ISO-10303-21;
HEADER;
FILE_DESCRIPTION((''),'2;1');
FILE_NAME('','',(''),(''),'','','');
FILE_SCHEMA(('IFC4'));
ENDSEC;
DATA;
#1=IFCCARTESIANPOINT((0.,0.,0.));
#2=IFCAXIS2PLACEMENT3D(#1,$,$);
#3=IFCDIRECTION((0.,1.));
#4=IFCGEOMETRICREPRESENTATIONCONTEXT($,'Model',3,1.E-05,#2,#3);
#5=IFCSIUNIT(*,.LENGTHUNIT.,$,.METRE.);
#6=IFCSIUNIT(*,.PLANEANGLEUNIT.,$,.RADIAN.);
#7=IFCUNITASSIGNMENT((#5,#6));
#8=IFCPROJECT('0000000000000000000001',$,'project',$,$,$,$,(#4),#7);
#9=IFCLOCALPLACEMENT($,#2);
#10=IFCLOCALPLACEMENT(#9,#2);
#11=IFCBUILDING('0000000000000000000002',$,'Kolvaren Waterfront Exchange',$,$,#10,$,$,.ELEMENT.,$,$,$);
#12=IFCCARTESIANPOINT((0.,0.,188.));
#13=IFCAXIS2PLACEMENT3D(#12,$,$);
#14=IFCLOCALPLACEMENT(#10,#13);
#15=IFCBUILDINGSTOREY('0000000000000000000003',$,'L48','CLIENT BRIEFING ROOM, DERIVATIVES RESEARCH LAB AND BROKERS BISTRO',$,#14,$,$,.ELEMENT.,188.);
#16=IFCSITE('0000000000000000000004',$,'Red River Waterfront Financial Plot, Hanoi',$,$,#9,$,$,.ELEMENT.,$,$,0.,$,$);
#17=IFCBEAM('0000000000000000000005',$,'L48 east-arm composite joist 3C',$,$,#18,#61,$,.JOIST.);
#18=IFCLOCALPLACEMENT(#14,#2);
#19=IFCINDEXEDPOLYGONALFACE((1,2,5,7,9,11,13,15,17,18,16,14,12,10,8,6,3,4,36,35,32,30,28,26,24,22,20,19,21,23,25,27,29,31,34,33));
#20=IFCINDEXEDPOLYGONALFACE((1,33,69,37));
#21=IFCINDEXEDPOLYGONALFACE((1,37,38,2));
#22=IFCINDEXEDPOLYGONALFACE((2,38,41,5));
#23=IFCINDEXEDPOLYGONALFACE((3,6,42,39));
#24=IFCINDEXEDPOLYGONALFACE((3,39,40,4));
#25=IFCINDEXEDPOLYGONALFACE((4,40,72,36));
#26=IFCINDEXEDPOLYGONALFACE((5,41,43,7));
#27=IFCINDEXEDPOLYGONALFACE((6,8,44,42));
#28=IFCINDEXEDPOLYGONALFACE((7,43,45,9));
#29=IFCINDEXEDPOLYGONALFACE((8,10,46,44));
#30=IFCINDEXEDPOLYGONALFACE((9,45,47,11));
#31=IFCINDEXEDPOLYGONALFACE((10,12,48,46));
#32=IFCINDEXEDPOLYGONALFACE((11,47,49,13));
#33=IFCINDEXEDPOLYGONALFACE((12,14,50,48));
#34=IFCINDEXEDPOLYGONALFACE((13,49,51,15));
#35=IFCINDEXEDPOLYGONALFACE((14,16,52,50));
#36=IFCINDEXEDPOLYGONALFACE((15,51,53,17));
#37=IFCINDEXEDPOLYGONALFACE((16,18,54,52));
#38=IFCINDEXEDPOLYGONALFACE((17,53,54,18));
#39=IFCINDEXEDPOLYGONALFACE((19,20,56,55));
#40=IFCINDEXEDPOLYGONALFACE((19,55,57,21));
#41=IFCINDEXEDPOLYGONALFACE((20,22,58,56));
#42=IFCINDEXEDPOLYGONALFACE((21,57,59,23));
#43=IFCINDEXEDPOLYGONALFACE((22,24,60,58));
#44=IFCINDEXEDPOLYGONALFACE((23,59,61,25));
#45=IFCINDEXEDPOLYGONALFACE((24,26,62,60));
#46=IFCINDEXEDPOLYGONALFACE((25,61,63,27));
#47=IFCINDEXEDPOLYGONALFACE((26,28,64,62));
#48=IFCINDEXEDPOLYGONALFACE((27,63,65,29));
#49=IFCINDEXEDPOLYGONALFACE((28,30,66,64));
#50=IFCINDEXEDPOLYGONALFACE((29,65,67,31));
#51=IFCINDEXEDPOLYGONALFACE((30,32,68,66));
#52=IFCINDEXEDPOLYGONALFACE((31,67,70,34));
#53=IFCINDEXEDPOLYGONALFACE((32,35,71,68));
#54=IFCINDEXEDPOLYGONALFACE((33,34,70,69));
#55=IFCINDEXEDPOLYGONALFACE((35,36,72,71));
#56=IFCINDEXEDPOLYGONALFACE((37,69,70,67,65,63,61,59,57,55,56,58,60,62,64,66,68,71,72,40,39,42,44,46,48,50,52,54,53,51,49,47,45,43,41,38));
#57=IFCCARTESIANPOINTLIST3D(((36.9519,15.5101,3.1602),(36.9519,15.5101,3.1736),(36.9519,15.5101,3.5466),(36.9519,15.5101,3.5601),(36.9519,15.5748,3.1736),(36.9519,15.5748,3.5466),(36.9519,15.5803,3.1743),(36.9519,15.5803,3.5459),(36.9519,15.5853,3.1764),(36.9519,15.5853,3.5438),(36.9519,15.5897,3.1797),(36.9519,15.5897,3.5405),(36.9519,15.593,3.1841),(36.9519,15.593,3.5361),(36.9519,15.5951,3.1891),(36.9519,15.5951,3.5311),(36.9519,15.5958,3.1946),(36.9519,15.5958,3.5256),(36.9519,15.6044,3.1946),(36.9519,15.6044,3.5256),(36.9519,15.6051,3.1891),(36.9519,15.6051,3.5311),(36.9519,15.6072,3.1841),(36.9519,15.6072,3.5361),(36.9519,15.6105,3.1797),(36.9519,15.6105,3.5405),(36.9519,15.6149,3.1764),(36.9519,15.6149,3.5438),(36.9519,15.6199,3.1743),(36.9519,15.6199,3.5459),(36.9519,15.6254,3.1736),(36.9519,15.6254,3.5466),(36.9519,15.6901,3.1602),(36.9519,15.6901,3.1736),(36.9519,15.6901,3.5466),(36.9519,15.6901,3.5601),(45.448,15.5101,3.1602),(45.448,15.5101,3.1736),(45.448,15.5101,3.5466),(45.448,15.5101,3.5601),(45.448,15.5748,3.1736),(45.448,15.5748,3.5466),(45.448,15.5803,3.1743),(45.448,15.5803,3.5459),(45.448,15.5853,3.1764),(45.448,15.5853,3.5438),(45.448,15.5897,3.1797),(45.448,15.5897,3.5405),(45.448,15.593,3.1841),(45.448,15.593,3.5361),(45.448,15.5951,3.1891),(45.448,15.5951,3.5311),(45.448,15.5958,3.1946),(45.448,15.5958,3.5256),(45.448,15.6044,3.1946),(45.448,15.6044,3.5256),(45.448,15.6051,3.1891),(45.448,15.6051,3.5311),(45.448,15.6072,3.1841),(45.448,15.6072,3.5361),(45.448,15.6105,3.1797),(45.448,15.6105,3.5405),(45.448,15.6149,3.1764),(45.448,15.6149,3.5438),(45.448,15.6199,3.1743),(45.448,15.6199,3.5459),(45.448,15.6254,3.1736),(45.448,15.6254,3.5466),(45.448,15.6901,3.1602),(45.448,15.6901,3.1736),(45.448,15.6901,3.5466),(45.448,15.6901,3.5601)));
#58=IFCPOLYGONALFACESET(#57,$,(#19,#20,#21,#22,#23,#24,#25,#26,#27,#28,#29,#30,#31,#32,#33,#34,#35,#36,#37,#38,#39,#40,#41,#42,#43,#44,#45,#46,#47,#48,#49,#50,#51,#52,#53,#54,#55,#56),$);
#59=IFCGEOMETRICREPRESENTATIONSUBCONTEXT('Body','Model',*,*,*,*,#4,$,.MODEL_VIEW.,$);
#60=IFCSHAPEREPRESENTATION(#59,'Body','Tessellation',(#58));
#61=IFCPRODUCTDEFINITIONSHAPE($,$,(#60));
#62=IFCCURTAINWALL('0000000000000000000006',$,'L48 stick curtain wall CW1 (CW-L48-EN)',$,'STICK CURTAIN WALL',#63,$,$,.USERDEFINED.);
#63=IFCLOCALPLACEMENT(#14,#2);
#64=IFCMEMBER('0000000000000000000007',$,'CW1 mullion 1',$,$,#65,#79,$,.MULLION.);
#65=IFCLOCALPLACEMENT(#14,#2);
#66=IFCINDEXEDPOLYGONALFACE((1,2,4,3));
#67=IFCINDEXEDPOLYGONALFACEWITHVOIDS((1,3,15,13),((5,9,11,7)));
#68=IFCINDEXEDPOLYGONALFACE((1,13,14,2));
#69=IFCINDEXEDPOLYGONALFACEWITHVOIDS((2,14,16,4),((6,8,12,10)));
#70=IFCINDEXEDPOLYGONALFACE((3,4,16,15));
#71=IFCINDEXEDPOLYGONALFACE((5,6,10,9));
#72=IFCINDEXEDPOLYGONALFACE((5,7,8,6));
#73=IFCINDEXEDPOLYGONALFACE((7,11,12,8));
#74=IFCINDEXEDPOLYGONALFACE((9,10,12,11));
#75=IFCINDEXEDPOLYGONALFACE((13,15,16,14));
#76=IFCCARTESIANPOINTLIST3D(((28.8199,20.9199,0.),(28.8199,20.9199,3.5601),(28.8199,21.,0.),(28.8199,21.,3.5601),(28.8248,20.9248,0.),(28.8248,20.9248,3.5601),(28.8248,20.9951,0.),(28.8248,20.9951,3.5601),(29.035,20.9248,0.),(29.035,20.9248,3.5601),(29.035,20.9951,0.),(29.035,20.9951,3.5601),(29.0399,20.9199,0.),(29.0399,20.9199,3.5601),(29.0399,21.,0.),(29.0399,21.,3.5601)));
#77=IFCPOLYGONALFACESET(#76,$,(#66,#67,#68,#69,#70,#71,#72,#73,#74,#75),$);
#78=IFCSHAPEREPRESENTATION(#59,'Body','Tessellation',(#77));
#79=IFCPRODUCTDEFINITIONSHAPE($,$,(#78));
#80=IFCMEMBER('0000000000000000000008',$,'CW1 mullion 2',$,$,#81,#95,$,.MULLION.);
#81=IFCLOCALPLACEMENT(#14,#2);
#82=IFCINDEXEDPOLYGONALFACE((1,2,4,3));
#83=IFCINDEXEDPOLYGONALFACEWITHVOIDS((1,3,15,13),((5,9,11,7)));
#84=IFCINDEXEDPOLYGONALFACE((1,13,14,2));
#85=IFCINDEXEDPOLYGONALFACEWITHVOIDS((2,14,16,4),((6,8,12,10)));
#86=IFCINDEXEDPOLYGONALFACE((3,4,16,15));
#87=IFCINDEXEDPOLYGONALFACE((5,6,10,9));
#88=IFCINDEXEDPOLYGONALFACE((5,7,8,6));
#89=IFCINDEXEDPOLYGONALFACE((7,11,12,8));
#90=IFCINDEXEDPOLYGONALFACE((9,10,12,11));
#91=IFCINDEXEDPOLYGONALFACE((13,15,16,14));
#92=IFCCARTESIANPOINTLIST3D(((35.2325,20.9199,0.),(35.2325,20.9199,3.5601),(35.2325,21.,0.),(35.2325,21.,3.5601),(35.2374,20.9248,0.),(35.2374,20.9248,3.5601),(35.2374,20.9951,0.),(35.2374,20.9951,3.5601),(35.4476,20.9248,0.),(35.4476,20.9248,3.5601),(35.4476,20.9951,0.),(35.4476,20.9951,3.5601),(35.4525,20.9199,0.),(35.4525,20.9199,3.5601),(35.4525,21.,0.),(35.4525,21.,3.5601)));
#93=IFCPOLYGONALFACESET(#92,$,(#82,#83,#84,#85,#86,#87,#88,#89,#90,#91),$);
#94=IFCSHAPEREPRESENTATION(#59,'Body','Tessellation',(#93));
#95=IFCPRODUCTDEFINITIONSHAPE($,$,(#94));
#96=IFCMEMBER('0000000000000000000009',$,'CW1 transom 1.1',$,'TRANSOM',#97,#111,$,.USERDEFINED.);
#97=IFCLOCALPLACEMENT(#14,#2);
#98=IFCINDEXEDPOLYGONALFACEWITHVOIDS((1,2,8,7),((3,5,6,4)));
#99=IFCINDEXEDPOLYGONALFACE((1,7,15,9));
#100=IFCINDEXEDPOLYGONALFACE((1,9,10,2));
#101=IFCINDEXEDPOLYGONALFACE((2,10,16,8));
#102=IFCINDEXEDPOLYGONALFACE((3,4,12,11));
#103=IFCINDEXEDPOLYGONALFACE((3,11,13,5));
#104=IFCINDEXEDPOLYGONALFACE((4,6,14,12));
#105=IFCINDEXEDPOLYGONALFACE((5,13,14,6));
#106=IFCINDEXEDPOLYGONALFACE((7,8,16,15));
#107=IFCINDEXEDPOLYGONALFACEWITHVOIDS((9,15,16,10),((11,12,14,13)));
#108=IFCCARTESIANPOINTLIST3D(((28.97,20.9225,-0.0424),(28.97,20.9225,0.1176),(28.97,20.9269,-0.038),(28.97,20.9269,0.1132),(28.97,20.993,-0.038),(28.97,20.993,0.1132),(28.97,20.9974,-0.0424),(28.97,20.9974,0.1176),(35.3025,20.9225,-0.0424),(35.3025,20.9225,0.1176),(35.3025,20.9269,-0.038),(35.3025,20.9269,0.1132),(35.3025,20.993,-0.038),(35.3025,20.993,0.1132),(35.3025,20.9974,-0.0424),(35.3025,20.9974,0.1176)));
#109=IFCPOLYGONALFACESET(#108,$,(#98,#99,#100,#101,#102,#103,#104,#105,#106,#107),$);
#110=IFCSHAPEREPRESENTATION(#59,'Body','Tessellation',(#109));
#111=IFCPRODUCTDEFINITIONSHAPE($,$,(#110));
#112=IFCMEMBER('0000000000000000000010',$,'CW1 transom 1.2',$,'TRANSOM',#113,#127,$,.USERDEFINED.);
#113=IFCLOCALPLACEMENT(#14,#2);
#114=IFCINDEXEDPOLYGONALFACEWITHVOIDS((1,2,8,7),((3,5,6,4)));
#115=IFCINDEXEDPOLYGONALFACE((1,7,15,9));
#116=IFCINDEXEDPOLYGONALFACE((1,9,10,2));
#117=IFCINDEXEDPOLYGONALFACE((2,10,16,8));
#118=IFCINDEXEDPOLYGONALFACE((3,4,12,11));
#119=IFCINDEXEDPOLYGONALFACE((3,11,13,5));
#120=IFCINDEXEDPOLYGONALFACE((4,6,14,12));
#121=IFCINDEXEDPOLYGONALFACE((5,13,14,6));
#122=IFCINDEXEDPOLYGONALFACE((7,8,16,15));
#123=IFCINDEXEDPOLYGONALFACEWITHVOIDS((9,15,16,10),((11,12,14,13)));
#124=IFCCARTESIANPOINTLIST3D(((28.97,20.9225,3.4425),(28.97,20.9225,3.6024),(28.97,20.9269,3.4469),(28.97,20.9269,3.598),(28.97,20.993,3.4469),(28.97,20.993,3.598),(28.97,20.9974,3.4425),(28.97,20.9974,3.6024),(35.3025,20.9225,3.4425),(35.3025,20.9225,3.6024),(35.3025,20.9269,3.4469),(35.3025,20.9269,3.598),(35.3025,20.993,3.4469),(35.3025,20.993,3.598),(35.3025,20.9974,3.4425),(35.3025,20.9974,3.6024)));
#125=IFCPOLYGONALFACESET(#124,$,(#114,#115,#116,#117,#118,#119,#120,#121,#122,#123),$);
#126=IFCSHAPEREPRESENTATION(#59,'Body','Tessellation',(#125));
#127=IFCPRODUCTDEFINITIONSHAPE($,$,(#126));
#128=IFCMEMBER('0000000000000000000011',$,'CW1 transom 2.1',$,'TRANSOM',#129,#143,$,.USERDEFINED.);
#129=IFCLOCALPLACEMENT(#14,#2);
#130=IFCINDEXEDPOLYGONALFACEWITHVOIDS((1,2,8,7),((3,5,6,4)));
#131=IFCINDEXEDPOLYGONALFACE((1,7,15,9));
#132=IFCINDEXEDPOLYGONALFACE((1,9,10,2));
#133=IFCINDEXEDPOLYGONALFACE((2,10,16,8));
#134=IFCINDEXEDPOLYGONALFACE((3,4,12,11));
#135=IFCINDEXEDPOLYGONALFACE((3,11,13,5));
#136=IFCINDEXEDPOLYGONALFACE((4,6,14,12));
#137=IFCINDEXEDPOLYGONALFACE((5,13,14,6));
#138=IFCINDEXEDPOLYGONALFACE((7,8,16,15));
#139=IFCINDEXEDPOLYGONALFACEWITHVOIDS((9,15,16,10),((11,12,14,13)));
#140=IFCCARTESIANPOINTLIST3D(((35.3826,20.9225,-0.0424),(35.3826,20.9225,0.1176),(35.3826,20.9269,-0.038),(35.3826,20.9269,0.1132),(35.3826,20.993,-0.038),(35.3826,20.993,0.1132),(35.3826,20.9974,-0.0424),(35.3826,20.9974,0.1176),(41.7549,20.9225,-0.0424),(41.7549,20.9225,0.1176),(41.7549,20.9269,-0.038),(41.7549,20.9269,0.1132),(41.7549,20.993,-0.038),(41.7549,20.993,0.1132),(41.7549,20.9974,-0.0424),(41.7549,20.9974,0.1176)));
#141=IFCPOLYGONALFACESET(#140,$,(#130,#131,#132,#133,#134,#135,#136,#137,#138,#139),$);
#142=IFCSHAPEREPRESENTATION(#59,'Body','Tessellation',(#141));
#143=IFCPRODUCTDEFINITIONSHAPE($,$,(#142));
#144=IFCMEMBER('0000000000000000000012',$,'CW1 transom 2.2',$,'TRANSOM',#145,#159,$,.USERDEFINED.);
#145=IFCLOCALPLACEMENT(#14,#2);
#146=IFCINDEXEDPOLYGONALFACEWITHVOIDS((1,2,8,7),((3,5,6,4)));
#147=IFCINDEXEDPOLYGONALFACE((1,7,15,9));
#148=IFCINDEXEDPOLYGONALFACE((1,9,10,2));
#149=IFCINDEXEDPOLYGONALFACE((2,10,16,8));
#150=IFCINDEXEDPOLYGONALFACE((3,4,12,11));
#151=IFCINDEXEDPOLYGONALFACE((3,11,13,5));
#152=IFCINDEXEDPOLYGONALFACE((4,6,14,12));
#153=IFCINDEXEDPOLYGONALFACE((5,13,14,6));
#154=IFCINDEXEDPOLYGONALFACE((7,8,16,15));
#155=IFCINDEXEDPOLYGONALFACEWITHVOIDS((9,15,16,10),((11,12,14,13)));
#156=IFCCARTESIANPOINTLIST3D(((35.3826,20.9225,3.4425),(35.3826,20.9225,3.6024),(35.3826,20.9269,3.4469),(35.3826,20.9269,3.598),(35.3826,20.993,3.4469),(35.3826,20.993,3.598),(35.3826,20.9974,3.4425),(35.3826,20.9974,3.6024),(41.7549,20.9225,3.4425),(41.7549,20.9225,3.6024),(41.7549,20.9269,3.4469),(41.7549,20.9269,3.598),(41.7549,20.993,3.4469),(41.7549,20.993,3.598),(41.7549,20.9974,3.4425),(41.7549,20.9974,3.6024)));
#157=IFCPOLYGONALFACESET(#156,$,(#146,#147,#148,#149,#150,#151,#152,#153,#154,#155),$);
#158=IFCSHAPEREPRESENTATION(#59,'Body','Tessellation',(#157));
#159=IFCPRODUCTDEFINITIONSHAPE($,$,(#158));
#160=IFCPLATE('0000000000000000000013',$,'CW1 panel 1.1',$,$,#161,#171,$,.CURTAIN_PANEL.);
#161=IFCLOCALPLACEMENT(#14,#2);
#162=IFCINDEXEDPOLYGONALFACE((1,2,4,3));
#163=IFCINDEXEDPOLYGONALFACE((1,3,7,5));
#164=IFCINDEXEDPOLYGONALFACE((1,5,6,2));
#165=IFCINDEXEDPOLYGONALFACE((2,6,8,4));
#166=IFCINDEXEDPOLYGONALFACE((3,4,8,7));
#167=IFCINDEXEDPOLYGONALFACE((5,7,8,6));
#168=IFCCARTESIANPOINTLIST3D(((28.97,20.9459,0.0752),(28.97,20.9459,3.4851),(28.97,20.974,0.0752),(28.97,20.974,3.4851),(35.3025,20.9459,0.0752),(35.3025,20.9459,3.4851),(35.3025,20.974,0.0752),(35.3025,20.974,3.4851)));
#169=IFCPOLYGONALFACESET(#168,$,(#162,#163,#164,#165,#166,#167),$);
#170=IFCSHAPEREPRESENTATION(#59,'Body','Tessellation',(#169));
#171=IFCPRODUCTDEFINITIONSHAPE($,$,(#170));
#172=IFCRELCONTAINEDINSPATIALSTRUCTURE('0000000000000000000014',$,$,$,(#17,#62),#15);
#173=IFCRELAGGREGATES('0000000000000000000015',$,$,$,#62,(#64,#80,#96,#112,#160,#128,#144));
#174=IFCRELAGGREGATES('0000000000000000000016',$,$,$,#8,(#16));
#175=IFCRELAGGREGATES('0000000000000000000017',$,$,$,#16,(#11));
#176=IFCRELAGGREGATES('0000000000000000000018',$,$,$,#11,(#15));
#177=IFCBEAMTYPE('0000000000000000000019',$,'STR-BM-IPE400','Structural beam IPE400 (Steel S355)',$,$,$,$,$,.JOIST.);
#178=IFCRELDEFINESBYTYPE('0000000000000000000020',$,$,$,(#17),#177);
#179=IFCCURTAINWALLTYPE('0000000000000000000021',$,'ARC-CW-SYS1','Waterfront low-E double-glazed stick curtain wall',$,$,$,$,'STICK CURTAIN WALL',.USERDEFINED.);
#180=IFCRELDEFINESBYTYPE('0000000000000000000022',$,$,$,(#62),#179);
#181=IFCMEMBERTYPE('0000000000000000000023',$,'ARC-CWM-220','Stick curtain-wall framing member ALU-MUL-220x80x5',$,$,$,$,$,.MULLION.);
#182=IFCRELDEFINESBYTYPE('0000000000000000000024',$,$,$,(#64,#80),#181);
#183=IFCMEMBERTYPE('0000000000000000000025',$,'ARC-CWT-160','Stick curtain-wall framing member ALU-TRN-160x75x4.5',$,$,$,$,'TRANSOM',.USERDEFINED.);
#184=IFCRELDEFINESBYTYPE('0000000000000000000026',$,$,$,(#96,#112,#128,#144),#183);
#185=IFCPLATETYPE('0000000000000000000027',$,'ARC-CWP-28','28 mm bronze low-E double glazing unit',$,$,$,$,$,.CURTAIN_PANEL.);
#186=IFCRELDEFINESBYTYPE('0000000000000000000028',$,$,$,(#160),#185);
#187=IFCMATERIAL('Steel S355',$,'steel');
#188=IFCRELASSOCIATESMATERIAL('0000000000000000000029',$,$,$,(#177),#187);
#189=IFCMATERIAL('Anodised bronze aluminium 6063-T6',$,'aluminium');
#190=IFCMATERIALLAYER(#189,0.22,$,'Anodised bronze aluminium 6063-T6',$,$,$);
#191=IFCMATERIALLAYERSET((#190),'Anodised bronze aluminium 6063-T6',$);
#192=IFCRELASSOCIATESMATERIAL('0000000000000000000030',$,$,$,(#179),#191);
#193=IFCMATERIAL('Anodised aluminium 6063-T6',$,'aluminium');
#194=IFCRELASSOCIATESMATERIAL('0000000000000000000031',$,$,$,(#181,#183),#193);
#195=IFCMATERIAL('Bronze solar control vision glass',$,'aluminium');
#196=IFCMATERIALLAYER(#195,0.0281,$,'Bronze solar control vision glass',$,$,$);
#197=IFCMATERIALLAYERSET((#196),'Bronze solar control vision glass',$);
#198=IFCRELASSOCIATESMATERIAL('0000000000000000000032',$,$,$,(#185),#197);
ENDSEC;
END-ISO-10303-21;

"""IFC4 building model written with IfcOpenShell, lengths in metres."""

from ifc_helpers import new_model, si_unit, direction, frame, origin, origin_with_axes, origin_2d, place, context, subcontext, project, spatial, rectangle, hollow_rectangle, i_section, extrude, source, transform, mapped, material, layer, layer_set, material_profile, profile_set, type_object, element, aggregate, save


model = new_model("IFC4")

# Units and contexts
model_context = context("Model", 3, precision=1e-05, world=origin(), true_north=direction((0.0, 1.0)))
body_context = subcontext(model_context, "Body", "Model", "MODEL_VIEW")
ifc_project = project(units=[si_unit("LENGTHUNIT", "METRE"), si_unit("PLANEANGLEUNIT", "RADIAN")], contexts=[model_context])

# Site, building, storey
site_placement = place(None, origin())
site = spatial("IfcSite", under=ifc_project, at=site_placement, Name="Red River Waterfront Financial Plot, Hanoi", CompositionType="ELEMENT", RefElevation=0.0)
building_placement = place(site_placement, origin())
building = spatial("IfcBuilding", under=site, at=building_placement, Name="Kolvaren Waterfront Exchange", CompositionType="ELEMENT")
storey_placement = place(building_placement, frame((0.0, 0.0, 188.0)))
storey = spatial("IfcBuildingStorey", under=building, at=storey_placement, Name="L48", Description="CLIENT BRIEFING ROOM, DERIVATIVES RESEARCH LAB AND BROKERS BISTRO", CompositionType="ELEMENT", Elevation=188.0)

# Beam
ifc_material_1 = material(Name="Steel S355", Category="steel")
ifc_material_profile_1 = material_profile(ifc_material_1, i_section(OverallWidth=0.1799, OverallDepth=0.3999, WebThickness=0.0085, FlangeThickness=0.0134, FilletRadius=0.021, at=origin_2d()), Name="IPE400")
ifc_profile_set_1 = profile_set([ifc_material_profile_1], Name="Steel S355")
beam_type_1 = type_object("IfcBeamType", Name="STR-BM-IPE400", Description="Structural beam IPE400 (Steel S355)", PredefinedType="JOIST", material=ifc_profile_set_1)
for number, where, z_axis, x_axis, name in (
    (1, (36.9519, 15.6001, 3.3601), (1.0, 0.0, 0.0), (0.0, 1.0, 0.0), "L48 east-arm composite joist 3C"),
):
    element("IfcBeam", number, at=place(storey_placement, frame(where, z_axis=z_axis, x_axis=x_axis)), inside=storey, type_object=beam_type_1, Name=name, PredefinedType="JOIST", context=body_context, shape_type="SweptSolid", body=[
        extrude(i_section(OverallWidth=0.1799, OverallDepth=0.3999, WebThickness=0.0085, FlangeThickness=0.0134, FilletRadius=0.021, at=origin_2d()), origin(), (0.0, 0.0, 1.0), 8.4961),
    ])

# Curtain wall, members, plate
ifc_material_2 = material(Name="Anodised bronze aluminium 6063-T6", Category="aluminium")
ifc_layer_1 = layer(ifc_material_2, 0.22, Name="Anodised bronze aluminium 6063-T6")
ifc_layer_set_1 = layer_set([ifc_layer_1], Name="Anodised bronze aluminium 6063-T6")
curtain_wall_type = type_object("IfcCurtainWallType", Name="ARC-CW-SYS1", Description="Waterfront low-E double-glazed stick curtain wall", ElementType="STICK CURTAIN WALL", PredefinedType="USERDEFINED", material=ifc_layer_set_1)
curtain_wall_placement = place(storey_placement, origin())
curtain_wall = element("IfcCurtainWall", 2, at=curtain_wall_placement, inside=storey, type_object=curtain_wall_type, Name="L48 stick curtain wall CW1 (CW-L48-EN)", ObjectType="STICK CURTAIN WALL", PredefinedType="USERDEFINED")
ifc_material_3 = material(Name="Anodised aluminium 6063-T6", Category="aluminium")
ifc_material_profile_2 = material_profile(ifc_material_3, hollow_rectangle(XDim=0.0801, YDim=0.22, WallThickness=0.0049, at=origin_2d()), Name="ALU-MUL-220x80x5")
ifc_profile_set_2 = profile_set([ifc_material_profile_2], Name="Anodised aluminium 6063-T6")
member_type_1 = type_object("IfcMemberType", Name="ARC-CWM-220", Description="Stick curtain-wall framing member ALU-MUL-220x80x5", PredefinedType="MULLION", material=ifc_profile_set_2)
shared_shape_1 = source(origin_with_axes(), body_context, "Body", "SweptSolid", [
    extrude(hollow_rectangle(XDim=0.0801, YDim=0.22, WallThickness=0.0049, at=origin_2d()), origin(), (0.0, 0.0, 1.0), 3.5601),
])
member_1_placement = place(storey_placement, frame((28.9299, 20.96, 0.0), z_axis=(0.0, 0.0, 1.0), x_axis=(0.0, 1.0, 0.0)))
member_1 = element("IfcMember", 3, at=member_1_placement, type_object=member_type_1, Name="CW1 mullion 1", PredefinedType="MULLION", context=body_context, shape_type="MappedRepresentation", body=[
    mapped(shared_shape_1, transform((0.0, 0.0, 0.0), x_axis=(1.0, 0.0, 0.0), y_axis=(0.0, 1.0, 0.0), z_axis=(0.0, 0.0, 1.0), scale=1.0)),
])
member_2_placement = place(storey_placement, frame((35.3425, 20.96, 0.0), z_axis=(0.0, 0.0, 1.0), x_axis=(0.0, 1.0, 0.0)))
member_2 = element("IfcMember", 4, at=member_2_placement, type_object=member_type_1, Name="CW1 mullion 2", PredefinedType="MULLION", context=body_context, shape_type="MappedRepresentation", body=[
    mapped(shared_shape_1, transform((0.0, 0.0, 0.0), x_axis=(1.0, 0.0, 0.0), y_axis=(0.0, 1.0, 0.0), z_axis=(0.0, 0.0, 1.0), scale=1.0)),
])
ifc_material_profile_3 = material_profile(ifc_material_3, hollow_rectangle(XDim=0.075, YDim=0.1599, WallThickness=0.0044, at=origin_2d()), Name="ALU-TRN-160x75x4.5")
ifc_profile_set_3 = profile_set([ifc_material_profile_3], Name="Anodised aluminium 6063-T6")
member_type_2 = type_object("IfcMemberType", Name="ARC-CWT-160", Description="Stick curtain-wall framing member ALU-TRN-160x75x4.5", ElementType="TRANSOM", PredefinedType="USERDEFINED", material=ifc_profile_set_3)
shared_shape_2 = source(origin_with_axes(), body_context, "Body", "SweptSolid", [
    extrude(hollow_rectangle(XDim=0.075, YDim=0.1599, WallThickness=0.0044, at=origin_2d()), origin(), (0.0, 0.0, 1.0), 6.3325),
])
member_3_placement = place(storey_placement, frame((28.97, 20.96, 0.0376), z_axis=(1.0, 0.0, 0.0), x_axis=(0.0, 1.0, 0.0)))
member_3 = element("IfcMember", 5, at=member_3_placement, type_object=member_type_2, Name="CW1 transom 1.1", ObjectType="TRANSOM", PredefinedType="USERDEFINED", context=body_context, shape_type="MappedRepresentation", body=[
    mapped(shared_shape_2, transform((0.0, 0.0, 0.0), x_axis=(1.0, 0.0, 0.0), y_axis=(0.0, 1.0, 0.0), z_axis=(0.0, 0.0, 1.0), scale=1.0)),
])
member_4_placement = place(storey_placement, frame((28.97, 20.96, 3.5225), z_axis=(1.0, 0.0, 0.0), x_axis=(0.0, 1.0, 0.0)))
member_4 = element("IfcMember", 6, at=member_4_placement, type_object=member_type_2, Name="CW1 transom 1.2", ObjectType="TRANSOM", PredefinedType="USERDEFINED", context=body_context, shape_type="MappedRepresentation", body=[
    mapped(shared_shape_2, transform((0.0, 0.0, 0.0), x_axis=(1.0, 0.0, 0.0), y_axis=(0.0, 1.0, 0.0), z_axis=(0.0, 0.0, 1.0), scale=1.0)),
])
shared_shape_3 = source(origin_with_axes(), body_context, "Body", "SweptSolid", [
    extrude(hollow_rectangle(XDim=0.075, YDim=0.1599, WallThickness=0.0044, at=origin_2d()), origin(), (0.0, 0.0, 1.0), 6.3723),
])
member_5_placement = place(storey_placement, frame((35.3826, 20.96, 0.0376), z_axis=(1.0, 0.0, 0.0), x_axis=(0.0, 1.0, 0.0)))
member_5 = element("IfcMember", 7, at=member_5_placement, type_object=member_type_2, Name="CW1 transom 2.1", ObjectType="TRANSOM", PredefinedType="USERDEFINED", context=body_context, shape_type="MappedRepresentation", body=[
    mapped(shared_shape_3, transform((0.0, 0.0, 0.0), x_axis=(1.0, 0.0, 0.0), y_axis=(0.0, 1.0, 0.0), z_axis=(0.0, 0.0, 1.0), scale=1.0)),
])
member_6_placement = place(storey_placement, frame((35.3826, 20.96, 3.5225), z_axis=(1.0, 0.0, 0.0), x_axis=(0.0, 1.0, 0.0)))
member_6 = element("IfcMember", 8, at=member_6_placement, type_object=member_type_2, Name="CW1 transom 2.2", ObjectType="TRANSOM", PredefinedType="USERDEFINED", context=body_context, shape_type="MappedRepresentation", body=[
    mapped(shared_shape_3, transform((0.0, 0.0, 0.0), x_axis=(1.0, 0.0, 0.0), y_axis=(0.0, 1.0, 0.0), z_axis=(0.0, 0.0, 1.0), scale=1.0)),
])
ifc_material_4 = material(Name="Bronze solar control vision glass", Category="aluminium")
ifc_layer_2 = layer(ifc_material_4, 0.0281, Name="Bronze solar control vision glass")
ifc_layer_set_2 = layer_set([ifc_layer_2], Name="Bronze solar control vision glass")
plate_type = type_object("IfcPlateType", Name="ARC-CWP-28", Description="28 mm bronze low-E double glazing unit", PredefinedType="CURTAIN_PANEL", material=ifc_layer_set_2)
shared_shape_4 = source(origin_with_axes(), body_context, "Body", "SweptSolid", [
    extrude(rectangle(XDim=6.3325, YDim=0.0281, at=origin_2d()), origin(), (0.0, 0.0, 1.0), 3.4099),
])
plate_placement = place(storey_placement, frame((32.1362, 20.96, 0.0752), z_axis=(0.0, 0.0, 1.0), x_axis=(1.0, 0.0, 0.0)))
plate = element("IfcPlate", 9, at=plate_placement, type_object=plate_type, Name="CW1 panel 1.1", PredefinedType="CURTAIN_PANEL", context=body_context, shape_type="MappedRepresentation", body=[
    mapped(shared_shape_4, transform((0.0, 0.0, 0.0), x_axis=(1.0, 0.0, 0.0), y_axis=(0.0, 1.0, 0.0), z_axis=(0.0, 0.0, 1.0), scale=1.0)),
])
aggregate(curtain_wall, [member_1, member_2, member_3, member_4, plate, member_5, member_6])

save(model, "model.ifc")
